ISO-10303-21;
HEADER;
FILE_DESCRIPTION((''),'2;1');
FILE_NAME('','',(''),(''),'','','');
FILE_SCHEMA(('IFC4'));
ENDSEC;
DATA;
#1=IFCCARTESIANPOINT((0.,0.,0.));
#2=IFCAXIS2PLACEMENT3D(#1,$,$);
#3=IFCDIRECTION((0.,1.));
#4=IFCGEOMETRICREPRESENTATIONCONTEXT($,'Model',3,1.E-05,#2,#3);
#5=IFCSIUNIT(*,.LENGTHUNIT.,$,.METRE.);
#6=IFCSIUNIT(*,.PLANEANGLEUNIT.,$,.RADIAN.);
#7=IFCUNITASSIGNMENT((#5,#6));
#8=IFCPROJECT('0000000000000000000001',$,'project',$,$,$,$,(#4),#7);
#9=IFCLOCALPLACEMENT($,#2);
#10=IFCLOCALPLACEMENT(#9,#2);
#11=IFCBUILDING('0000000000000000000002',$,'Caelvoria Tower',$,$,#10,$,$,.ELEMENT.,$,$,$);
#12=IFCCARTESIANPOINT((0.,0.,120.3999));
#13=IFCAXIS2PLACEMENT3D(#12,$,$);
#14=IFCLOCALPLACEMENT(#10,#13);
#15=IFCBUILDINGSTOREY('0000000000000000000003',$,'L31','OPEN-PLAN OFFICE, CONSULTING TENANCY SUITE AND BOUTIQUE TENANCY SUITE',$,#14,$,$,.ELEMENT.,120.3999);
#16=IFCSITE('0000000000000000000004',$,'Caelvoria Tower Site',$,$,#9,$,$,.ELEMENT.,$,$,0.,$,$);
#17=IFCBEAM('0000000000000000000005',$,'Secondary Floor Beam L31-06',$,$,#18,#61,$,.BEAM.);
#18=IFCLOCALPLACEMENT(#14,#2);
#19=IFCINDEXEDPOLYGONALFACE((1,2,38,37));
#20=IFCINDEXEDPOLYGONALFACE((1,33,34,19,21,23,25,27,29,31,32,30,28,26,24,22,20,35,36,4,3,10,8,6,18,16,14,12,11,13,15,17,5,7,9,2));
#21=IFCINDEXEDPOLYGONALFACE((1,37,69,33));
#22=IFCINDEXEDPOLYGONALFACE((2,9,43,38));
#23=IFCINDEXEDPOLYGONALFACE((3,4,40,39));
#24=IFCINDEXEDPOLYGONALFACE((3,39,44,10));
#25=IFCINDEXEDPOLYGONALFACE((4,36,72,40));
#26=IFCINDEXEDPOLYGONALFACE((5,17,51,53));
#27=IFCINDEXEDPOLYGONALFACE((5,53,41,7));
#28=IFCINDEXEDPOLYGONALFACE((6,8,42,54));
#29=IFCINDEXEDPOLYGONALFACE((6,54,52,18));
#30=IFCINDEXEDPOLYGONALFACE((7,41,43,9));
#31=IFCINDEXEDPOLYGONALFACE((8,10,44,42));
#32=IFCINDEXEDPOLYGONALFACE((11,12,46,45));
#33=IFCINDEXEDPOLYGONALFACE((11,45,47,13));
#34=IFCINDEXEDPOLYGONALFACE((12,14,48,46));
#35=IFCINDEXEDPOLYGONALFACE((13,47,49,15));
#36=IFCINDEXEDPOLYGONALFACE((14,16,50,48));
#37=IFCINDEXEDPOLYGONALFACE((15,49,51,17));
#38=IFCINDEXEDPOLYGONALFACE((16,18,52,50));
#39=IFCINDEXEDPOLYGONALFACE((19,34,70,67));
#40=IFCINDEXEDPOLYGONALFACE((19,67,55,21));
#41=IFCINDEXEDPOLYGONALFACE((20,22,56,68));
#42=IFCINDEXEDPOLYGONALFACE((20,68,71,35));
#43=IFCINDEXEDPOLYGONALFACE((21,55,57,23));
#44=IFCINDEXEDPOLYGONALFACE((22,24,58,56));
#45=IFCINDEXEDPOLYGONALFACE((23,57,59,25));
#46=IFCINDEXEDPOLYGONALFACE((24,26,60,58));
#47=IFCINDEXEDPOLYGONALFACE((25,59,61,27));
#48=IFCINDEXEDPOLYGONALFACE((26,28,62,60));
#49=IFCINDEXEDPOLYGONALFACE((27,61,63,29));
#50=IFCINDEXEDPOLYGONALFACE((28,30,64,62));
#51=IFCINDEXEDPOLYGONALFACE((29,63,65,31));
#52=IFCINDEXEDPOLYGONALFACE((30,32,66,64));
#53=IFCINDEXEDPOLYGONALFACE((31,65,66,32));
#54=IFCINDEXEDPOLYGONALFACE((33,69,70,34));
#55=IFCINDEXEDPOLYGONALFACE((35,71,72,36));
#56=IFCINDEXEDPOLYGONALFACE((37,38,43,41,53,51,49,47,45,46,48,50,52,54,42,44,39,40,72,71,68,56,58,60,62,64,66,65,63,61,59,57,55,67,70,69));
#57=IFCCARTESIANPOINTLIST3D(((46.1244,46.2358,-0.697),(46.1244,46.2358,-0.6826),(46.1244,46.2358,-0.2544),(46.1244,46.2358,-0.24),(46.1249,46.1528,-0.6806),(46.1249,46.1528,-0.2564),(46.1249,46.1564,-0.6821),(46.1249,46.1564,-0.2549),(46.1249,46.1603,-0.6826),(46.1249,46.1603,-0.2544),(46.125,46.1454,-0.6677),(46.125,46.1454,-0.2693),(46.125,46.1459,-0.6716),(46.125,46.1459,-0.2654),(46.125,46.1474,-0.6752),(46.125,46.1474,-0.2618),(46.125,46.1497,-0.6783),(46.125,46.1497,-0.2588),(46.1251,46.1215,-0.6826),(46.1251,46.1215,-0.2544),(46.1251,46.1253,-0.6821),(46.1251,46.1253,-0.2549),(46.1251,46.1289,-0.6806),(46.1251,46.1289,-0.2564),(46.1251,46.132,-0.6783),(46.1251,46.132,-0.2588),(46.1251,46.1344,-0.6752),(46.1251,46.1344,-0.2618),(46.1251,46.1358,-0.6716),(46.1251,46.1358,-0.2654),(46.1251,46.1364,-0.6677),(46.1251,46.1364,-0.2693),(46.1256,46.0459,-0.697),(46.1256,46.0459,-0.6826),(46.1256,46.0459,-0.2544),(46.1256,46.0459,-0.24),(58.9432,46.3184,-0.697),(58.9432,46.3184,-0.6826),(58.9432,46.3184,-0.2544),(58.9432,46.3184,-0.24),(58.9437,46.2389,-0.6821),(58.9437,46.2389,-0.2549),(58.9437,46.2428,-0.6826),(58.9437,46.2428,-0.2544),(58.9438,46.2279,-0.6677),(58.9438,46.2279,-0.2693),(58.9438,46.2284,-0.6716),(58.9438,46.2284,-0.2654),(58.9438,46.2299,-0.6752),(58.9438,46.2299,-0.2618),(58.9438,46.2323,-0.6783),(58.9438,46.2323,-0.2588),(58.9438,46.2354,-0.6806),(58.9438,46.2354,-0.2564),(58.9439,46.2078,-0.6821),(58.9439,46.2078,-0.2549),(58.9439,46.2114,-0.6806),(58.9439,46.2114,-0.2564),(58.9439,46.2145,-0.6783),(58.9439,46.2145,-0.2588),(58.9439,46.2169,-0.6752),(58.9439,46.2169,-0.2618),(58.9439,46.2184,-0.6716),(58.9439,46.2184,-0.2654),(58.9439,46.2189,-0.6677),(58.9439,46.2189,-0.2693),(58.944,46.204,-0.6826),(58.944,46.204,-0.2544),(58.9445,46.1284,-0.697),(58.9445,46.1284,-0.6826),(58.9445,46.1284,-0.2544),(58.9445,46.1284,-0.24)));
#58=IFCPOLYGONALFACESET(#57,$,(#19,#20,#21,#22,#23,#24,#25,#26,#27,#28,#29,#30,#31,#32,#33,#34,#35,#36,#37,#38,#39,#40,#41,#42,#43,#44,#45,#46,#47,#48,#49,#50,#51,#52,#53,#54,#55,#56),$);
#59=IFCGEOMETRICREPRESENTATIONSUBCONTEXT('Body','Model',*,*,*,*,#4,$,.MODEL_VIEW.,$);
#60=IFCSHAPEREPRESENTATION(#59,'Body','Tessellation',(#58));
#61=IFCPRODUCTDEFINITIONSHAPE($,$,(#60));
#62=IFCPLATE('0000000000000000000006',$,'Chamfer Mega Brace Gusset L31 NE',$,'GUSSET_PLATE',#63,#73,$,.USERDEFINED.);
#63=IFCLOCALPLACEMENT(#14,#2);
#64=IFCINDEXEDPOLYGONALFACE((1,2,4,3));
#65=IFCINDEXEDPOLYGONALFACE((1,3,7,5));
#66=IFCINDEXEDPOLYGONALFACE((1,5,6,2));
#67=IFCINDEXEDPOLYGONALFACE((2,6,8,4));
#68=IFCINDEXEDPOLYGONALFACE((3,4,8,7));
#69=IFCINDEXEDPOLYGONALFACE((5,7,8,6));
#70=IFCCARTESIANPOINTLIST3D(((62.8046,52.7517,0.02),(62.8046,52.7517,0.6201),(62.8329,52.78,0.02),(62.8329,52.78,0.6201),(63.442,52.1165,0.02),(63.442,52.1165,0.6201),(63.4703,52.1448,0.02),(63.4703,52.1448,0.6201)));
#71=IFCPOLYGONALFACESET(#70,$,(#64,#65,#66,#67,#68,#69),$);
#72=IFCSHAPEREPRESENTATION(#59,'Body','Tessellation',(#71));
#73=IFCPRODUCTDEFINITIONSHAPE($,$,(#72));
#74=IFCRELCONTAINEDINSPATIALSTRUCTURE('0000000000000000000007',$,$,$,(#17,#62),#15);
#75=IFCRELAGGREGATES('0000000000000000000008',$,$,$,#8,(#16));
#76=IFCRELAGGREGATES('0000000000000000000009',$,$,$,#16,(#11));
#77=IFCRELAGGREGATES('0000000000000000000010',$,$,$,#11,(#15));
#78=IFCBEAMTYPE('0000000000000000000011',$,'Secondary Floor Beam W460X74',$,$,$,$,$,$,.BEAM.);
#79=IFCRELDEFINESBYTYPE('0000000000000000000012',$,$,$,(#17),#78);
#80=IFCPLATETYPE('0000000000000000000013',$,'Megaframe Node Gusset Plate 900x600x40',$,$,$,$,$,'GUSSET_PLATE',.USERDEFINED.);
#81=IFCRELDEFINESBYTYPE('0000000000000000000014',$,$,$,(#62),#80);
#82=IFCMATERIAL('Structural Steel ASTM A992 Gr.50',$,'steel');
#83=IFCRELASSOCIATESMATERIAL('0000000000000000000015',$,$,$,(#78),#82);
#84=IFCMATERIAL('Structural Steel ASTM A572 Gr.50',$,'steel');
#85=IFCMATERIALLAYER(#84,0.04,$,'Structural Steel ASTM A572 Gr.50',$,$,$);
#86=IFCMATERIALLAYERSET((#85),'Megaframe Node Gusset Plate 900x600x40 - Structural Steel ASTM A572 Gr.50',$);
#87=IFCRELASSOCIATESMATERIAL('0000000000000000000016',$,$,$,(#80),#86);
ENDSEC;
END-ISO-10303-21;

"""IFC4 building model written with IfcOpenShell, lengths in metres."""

from ifc_helpers import new_model, si_unit, direction, frame, origin, origin_2d, place, context, subcontext, project, spatial, rectangle, i_section, extrude, material, layer, layer_set, material_profile, profile_set, type_object, element, save


model = new_model("IFC4")

# Units and contexts
model_context = context("Model", 3, precision=1e-05, world=origin(), true_north=direction((0.0, 1.0)))
body_context = subcontext(model_context, "Body", "Model", "MODEL_VIEW")
ifc_project = project(units=[si_unit("LENGTHUNIT", "METRE"), si_unit("PLANEANGLEUNIT", "RADIAN")], contexts=[model_context])

# Site, building, storey
site_placement = place(None, origin())
site = spatial("IfcSite", under=ifc_project, at=site_placement, Name="Caelvoria Tower Site", CompositionType="ELEMENT", RefElevation=0.0)
building_placement = place(site_placement, origin())
building = spatial("IfcBuilding", under=site, at=building_placement, Name="Caelvoria Tower", CompositionType="ELEMENT")
storey_placement = place(building_placement, frame((0.0, 0.0, 120.3999)))
storey = spatial("IfcBuildingStorey", under=building, at=storey_placement, Name="L31", Description="OPEN-PLAN OFFICE, CONSULTING TENANCY SUITE AND BOUTIQUE TENANCY SUITE", CompositionType="ELEMENT", Elevation=120.3999)

# Shared definitions
ifc_material_1 = material(Name="Structural Steel ASTM A572 Gr.50", Category="steel")

# Beam
ifc_material_2 = material(Name="Structural Steel ASTM A992 Gr.50", Category="steel")
ifc_material_profile_1 = material_profile(ifc_material_2, i_section(OverallWidth=0.1899, OverallDepth=0.457, WebThickness=0.009, FlangeThickness=0.0144, FilletRadius=0.0149, at=origin_2d()), Name="Structural Steel ASTM A992 Gr.50")
ifc_profile_set_1 = profile_set([ifc_material_profile_1], Name="W460X74 - Structural Steel ASTM A992 Gr.50")
beam_type_1 = type_object("IfcBeamType", Name="Secondary Floor Beam W460X74", PredefinedType="BEAM", material=ifc_profile_set_1)
beam_1_placement = place(storey_placement, frame((58.9438, 46.2234, -0.4685), z_axis=(-0.999979, -0.006437, 0.0), x_axis=(0.006437, -0.999979, 0.0)))
element("IfcBeam", 1, at=beam_1_placement, inside=storey, type_object=beam_type_1, Name="Secondary Floor Beam L31-06", PredefinedType="BEAM", context=body_context, shape_type="SweptSolid", body=[
    extrude(i_section(OverallWidth=0.1899, OverallDepth=0.457, WebThickness=0.009, FlangeThickness=0.0144, FilletRadius=0.0149, at=origin_2d()), origin(), (0.0, 0.0, 1.0), 12.8191),
])

# Plate
ifc_layer_1 = layer(ifc_material_1, 0.04, Name="Structural Steel ASTM A572 Gr.50")
ifc_layer_set_1 = layer_set([ifc_layer_1], Name="Megaframe Node Gusset Plate 900x600x40 - Structural Steel ASTM A572 Gr.50")
plate_type = type_object("IfcPlateType", Name="Megaframe Node Gusset Plate 900x600x40", ElementType="GUSSET_PLATE", PredefinedType="USERDEFINED", material=ifc_layer_set_1)
plate_placement = place(storey_placement, frame((63.1375, 52.4482, 0.02), z_axis=(0.0, 0.0, 1.0), x_axis=(0.708346, -0.705865, 0.0)))
element("IfcPlate", 2, at=plate_placement, inside=storey, type_object=plate_type, Name="Chamfer Mega Brace Gusset L31 NE", ObjectType="GUSSET_PLATE", PredefinedType="USERDEFINED", context=body_context, shape_type="SweptSolid", body=[
    extrude(rectangle(XDim=0.8999, YDim=0.04, at=origin_2d()), origin(), (0.0, 0.0, 1.0), 0.6001),
])

save(model, "model.ifc")
